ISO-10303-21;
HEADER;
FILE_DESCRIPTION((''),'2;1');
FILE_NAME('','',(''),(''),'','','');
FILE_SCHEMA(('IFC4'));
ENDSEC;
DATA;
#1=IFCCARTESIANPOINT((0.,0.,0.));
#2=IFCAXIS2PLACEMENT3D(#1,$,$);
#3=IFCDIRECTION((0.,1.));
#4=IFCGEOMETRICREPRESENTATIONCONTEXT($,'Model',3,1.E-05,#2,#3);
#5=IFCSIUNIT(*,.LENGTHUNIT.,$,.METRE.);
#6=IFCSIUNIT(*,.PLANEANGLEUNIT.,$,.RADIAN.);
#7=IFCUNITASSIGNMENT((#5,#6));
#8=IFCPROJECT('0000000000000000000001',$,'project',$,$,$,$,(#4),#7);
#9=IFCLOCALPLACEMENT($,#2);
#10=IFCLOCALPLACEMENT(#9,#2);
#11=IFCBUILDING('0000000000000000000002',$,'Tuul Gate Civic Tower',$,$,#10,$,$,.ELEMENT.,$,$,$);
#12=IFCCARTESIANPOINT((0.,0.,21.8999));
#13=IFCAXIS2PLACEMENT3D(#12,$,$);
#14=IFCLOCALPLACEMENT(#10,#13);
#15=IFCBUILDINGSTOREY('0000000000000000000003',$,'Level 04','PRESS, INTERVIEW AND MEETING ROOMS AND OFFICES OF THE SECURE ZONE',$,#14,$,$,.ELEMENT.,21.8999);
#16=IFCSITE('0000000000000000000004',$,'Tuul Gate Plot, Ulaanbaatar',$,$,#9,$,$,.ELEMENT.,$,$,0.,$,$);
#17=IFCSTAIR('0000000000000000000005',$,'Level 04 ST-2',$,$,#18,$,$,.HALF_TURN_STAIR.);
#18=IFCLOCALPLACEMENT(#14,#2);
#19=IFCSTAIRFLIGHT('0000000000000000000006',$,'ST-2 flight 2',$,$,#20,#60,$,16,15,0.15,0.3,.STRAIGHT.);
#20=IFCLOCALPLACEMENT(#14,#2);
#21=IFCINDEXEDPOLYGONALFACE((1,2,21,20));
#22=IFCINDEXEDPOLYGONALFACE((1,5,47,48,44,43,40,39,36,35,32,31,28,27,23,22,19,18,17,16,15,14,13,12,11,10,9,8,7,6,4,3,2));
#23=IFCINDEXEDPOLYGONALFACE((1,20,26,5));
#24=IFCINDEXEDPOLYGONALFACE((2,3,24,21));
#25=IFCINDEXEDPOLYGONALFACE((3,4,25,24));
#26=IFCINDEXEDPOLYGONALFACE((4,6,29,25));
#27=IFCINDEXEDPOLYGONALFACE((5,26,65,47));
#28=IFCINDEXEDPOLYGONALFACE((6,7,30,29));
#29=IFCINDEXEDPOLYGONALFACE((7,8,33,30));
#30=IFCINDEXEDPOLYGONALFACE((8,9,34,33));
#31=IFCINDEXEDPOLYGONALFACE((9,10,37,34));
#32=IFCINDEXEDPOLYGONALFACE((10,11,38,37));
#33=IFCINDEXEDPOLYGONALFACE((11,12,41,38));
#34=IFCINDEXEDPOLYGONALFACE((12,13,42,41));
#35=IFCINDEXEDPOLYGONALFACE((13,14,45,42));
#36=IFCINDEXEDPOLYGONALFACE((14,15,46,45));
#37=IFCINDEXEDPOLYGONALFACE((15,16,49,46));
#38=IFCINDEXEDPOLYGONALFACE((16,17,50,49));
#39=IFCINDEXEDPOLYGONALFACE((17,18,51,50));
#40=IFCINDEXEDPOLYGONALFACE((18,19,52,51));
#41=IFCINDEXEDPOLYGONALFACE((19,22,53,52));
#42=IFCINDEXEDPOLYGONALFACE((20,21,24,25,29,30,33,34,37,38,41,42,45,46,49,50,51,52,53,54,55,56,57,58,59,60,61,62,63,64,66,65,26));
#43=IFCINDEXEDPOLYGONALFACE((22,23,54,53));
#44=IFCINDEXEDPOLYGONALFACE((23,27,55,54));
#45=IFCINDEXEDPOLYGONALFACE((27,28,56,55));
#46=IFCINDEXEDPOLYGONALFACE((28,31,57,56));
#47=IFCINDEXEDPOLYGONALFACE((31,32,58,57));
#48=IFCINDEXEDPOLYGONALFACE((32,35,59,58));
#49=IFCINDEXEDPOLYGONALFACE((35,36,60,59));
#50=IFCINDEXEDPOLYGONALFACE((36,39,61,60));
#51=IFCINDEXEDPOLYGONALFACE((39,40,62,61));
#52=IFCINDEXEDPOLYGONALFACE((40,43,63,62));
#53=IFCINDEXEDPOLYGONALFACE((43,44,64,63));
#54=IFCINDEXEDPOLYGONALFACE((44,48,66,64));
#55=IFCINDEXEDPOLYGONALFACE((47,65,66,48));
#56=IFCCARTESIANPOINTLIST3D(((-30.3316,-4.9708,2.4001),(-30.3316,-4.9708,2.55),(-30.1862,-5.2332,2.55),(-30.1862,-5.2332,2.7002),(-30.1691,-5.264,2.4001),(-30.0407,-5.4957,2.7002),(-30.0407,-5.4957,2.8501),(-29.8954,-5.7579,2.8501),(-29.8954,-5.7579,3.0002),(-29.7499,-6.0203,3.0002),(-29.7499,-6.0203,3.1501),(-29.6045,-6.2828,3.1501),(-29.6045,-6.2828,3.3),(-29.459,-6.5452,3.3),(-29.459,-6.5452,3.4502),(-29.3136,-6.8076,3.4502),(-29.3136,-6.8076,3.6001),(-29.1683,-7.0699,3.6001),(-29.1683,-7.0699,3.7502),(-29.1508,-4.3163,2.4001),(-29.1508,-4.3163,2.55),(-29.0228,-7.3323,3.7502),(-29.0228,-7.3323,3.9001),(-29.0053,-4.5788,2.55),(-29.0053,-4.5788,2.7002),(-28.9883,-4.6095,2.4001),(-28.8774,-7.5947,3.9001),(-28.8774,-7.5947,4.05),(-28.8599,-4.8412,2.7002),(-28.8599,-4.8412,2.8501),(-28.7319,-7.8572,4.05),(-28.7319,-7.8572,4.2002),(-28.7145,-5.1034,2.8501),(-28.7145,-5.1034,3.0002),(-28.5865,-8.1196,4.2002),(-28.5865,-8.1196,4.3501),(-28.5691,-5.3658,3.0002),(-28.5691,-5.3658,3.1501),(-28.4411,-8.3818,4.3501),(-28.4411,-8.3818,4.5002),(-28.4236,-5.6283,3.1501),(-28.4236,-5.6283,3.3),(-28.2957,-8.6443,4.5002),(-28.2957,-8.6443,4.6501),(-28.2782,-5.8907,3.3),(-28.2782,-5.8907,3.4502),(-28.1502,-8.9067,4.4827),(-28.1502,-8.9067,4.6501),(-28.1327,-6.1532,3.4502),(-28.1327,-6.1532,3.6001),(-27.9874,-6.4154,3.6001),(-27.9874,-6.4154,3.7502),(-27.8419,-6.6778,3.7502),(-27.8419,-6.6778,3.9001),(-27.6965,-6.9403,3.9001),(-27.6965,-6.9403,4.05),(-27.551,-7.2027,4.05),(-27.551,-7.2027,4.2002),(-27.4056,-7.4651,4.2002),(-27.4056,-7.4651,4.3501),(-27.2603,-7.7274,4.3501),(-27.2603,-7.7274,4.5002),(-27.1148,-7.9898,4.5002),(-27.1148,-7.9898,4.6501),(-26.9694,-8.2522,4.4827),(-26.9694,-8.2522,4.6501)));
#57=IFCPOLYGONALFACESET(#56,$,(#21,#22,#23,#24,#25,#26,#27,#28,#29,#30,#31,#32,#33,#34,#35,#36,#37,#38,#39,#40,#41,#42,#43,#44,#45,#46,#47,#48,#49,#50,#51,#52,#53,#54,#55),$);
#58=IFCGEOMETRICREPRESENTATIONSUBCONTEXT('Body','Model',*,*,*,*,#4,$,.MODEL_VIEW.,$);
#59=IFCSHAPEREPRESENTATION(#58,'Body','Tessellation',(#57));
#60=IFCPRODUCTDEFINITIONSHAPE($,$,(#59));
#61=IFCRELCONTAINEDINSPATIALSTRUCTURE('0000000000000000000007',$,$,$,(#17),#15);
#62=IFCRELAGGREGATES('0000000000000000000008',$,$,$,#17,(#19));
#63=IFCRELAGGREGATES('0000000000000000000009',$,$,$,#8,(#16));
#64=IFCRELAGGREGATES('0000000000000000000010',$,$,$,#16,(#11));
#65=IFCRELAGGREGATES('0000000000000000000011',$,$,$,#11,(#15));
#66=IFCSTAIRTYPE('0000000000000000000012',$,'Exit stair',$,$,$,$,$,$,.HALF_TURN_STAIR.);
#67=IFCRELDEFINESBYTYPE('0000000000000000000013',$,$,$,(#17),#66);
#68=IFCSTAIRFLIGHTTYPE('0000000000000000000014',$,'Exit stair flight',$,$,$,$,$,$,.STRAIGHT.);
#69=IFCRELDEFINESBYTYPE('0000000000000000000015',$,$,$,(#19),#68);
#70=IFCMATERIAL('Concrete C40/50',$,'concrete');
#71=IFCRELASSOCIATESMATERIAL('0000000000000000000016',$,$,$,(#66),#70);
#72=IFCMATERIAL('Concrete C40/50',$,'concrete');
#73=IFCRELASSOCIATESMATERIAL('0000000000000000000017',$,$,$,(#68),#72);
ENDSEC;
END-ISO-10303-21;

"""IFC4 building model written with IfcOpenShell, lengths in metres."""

from ifc_helpers import new_model, si_unit, direction, frame, origin, place, context, subcontext, project, spatial, polyline, outline, extrude, material, type_object, element, aggregate, save


model = new_model("IFC4")

# Units and contexts
model_context = context("Model", 3, precision=1e-05, world=origin(), true_north=direction((0.0, 1.0)))
body_context = subcontext(model_context, "Body", "Model", "MODEL_VIEW")
ifc_project = project(units=[si_unit("LENGTHUNIT", "METRE"), si_unit("PLANEANGLEUNIT", "RADIAN")], contexts=[model_context])

# Site, building, storey
site_placement = place(None, origin())
site = spatial("IfcSite", under=ifc_project, at=site_placement, Name="Tuul Gate Plot, Ulaanbaatar", CompositionType="ELEMENT", RefElevation=0.0)
building_placement = place(site_placement, origin())
building = spatial("IfcBuilding", under=site, at=building_placement, Name="Tuul Gate Civic Tower", CompositionType="ELEMENT")
storey_placement = place(building_placement, frame((0.0, 0.0, 21.8999)))
storey = spatial("IfcBuildingStorey", under=building, at=storey_placement, Name="Level 04", Description="PRESS, INTERVIEW AND MEETING ROOMS AND OFFICES OF THE SECURE ZONE", CompositionType="ELEMENT", Elevation=21.8999)

# Stair, stair flight
ifc_material_1 = material(Name="Concrete C40/50", Category="concrete")
stair_type = type_object("IfcStairType", Name="Exit stair", PredefinedType="HALF_TURN_STAIR", material=ifc_material_1)
stair_placement = place(storey_placement, origin())
stair = element("IfcStair", 1, at=stair_placement, inside=storey, type_object=stair_type, Name="Level 04 ST-2", PredefinedType="HALF_TURN_STAIR")
ifc_material_2 = material(Name="Concrete C40/50", Category="concrete")
stair_flight_type = type_object("IfcStairFlightType", Name="Exit stair flight", PredefinedType="STRAIGHT", material=ifc_material_2)
stair_flight_1_placement = place(storey_placement, frame((-29.7412, -4.6436, 2.4001), z_axis=(0.0, 0.0, 1.0), x_axis=(0.484762, -0.874646, 0.0)))
stair_flight_1 = element("IfcStairFlight", 2, at=stair_flight_1_placement, type_object=stair_flight_type, Name="ST-2 flight 2", NumberOfRisers=16, NumberOfTreads=15, PredefinedType="STRAIGHT", RiserHeight=0.15, TreadLength=0.3, context=body_context, shape_type="SweptSolid", body=[
    extrude(outline(polyline([(0.0, 0.0), (0.0, 0.1499), (0.3, 0.1499), (0.3, 0.3), (0.6001, 0.3), (0.6001, 0.45), (0.8999, 0.45), (0.8999, 0.6001), (1.2, 0.6001), (1.2, 0.75), (1.5, 0.75), (1.5, 0.8999), (1.8, 0.8999), (1.8, 1.05), (2.1001, 1.05), (2.1001, 1.2), (2.3999, 1.2), (2.3999, 1.3501), (2.7, 1.3501), (2.7, 1.5), (3.0, 1.5), (3.0, 1.6499), (3.3, 1.6499), (3.3, 1.8), (3.6001, 1.8), (3.6001, 1.95), (3.8999, 1.95), (3.8999, 2.1001), (4.2, 2.1001), (4.2, 2.25), (4.5, 2.25), (4.5, 2.3999), (4.5, 2.0825), (0.3352, 0.0), (0.0, 0.0)])), frame((0.0, 0.675, 0.0), z_axis=(0.0, -1.0, 0.0), x_axis=(1.0, 0.0, 0.0)), (0.0, 0.0, 1.0), 1.3501),
])
aggregate(stair, [stair_flight_1])

save(model, "model.ifc")
